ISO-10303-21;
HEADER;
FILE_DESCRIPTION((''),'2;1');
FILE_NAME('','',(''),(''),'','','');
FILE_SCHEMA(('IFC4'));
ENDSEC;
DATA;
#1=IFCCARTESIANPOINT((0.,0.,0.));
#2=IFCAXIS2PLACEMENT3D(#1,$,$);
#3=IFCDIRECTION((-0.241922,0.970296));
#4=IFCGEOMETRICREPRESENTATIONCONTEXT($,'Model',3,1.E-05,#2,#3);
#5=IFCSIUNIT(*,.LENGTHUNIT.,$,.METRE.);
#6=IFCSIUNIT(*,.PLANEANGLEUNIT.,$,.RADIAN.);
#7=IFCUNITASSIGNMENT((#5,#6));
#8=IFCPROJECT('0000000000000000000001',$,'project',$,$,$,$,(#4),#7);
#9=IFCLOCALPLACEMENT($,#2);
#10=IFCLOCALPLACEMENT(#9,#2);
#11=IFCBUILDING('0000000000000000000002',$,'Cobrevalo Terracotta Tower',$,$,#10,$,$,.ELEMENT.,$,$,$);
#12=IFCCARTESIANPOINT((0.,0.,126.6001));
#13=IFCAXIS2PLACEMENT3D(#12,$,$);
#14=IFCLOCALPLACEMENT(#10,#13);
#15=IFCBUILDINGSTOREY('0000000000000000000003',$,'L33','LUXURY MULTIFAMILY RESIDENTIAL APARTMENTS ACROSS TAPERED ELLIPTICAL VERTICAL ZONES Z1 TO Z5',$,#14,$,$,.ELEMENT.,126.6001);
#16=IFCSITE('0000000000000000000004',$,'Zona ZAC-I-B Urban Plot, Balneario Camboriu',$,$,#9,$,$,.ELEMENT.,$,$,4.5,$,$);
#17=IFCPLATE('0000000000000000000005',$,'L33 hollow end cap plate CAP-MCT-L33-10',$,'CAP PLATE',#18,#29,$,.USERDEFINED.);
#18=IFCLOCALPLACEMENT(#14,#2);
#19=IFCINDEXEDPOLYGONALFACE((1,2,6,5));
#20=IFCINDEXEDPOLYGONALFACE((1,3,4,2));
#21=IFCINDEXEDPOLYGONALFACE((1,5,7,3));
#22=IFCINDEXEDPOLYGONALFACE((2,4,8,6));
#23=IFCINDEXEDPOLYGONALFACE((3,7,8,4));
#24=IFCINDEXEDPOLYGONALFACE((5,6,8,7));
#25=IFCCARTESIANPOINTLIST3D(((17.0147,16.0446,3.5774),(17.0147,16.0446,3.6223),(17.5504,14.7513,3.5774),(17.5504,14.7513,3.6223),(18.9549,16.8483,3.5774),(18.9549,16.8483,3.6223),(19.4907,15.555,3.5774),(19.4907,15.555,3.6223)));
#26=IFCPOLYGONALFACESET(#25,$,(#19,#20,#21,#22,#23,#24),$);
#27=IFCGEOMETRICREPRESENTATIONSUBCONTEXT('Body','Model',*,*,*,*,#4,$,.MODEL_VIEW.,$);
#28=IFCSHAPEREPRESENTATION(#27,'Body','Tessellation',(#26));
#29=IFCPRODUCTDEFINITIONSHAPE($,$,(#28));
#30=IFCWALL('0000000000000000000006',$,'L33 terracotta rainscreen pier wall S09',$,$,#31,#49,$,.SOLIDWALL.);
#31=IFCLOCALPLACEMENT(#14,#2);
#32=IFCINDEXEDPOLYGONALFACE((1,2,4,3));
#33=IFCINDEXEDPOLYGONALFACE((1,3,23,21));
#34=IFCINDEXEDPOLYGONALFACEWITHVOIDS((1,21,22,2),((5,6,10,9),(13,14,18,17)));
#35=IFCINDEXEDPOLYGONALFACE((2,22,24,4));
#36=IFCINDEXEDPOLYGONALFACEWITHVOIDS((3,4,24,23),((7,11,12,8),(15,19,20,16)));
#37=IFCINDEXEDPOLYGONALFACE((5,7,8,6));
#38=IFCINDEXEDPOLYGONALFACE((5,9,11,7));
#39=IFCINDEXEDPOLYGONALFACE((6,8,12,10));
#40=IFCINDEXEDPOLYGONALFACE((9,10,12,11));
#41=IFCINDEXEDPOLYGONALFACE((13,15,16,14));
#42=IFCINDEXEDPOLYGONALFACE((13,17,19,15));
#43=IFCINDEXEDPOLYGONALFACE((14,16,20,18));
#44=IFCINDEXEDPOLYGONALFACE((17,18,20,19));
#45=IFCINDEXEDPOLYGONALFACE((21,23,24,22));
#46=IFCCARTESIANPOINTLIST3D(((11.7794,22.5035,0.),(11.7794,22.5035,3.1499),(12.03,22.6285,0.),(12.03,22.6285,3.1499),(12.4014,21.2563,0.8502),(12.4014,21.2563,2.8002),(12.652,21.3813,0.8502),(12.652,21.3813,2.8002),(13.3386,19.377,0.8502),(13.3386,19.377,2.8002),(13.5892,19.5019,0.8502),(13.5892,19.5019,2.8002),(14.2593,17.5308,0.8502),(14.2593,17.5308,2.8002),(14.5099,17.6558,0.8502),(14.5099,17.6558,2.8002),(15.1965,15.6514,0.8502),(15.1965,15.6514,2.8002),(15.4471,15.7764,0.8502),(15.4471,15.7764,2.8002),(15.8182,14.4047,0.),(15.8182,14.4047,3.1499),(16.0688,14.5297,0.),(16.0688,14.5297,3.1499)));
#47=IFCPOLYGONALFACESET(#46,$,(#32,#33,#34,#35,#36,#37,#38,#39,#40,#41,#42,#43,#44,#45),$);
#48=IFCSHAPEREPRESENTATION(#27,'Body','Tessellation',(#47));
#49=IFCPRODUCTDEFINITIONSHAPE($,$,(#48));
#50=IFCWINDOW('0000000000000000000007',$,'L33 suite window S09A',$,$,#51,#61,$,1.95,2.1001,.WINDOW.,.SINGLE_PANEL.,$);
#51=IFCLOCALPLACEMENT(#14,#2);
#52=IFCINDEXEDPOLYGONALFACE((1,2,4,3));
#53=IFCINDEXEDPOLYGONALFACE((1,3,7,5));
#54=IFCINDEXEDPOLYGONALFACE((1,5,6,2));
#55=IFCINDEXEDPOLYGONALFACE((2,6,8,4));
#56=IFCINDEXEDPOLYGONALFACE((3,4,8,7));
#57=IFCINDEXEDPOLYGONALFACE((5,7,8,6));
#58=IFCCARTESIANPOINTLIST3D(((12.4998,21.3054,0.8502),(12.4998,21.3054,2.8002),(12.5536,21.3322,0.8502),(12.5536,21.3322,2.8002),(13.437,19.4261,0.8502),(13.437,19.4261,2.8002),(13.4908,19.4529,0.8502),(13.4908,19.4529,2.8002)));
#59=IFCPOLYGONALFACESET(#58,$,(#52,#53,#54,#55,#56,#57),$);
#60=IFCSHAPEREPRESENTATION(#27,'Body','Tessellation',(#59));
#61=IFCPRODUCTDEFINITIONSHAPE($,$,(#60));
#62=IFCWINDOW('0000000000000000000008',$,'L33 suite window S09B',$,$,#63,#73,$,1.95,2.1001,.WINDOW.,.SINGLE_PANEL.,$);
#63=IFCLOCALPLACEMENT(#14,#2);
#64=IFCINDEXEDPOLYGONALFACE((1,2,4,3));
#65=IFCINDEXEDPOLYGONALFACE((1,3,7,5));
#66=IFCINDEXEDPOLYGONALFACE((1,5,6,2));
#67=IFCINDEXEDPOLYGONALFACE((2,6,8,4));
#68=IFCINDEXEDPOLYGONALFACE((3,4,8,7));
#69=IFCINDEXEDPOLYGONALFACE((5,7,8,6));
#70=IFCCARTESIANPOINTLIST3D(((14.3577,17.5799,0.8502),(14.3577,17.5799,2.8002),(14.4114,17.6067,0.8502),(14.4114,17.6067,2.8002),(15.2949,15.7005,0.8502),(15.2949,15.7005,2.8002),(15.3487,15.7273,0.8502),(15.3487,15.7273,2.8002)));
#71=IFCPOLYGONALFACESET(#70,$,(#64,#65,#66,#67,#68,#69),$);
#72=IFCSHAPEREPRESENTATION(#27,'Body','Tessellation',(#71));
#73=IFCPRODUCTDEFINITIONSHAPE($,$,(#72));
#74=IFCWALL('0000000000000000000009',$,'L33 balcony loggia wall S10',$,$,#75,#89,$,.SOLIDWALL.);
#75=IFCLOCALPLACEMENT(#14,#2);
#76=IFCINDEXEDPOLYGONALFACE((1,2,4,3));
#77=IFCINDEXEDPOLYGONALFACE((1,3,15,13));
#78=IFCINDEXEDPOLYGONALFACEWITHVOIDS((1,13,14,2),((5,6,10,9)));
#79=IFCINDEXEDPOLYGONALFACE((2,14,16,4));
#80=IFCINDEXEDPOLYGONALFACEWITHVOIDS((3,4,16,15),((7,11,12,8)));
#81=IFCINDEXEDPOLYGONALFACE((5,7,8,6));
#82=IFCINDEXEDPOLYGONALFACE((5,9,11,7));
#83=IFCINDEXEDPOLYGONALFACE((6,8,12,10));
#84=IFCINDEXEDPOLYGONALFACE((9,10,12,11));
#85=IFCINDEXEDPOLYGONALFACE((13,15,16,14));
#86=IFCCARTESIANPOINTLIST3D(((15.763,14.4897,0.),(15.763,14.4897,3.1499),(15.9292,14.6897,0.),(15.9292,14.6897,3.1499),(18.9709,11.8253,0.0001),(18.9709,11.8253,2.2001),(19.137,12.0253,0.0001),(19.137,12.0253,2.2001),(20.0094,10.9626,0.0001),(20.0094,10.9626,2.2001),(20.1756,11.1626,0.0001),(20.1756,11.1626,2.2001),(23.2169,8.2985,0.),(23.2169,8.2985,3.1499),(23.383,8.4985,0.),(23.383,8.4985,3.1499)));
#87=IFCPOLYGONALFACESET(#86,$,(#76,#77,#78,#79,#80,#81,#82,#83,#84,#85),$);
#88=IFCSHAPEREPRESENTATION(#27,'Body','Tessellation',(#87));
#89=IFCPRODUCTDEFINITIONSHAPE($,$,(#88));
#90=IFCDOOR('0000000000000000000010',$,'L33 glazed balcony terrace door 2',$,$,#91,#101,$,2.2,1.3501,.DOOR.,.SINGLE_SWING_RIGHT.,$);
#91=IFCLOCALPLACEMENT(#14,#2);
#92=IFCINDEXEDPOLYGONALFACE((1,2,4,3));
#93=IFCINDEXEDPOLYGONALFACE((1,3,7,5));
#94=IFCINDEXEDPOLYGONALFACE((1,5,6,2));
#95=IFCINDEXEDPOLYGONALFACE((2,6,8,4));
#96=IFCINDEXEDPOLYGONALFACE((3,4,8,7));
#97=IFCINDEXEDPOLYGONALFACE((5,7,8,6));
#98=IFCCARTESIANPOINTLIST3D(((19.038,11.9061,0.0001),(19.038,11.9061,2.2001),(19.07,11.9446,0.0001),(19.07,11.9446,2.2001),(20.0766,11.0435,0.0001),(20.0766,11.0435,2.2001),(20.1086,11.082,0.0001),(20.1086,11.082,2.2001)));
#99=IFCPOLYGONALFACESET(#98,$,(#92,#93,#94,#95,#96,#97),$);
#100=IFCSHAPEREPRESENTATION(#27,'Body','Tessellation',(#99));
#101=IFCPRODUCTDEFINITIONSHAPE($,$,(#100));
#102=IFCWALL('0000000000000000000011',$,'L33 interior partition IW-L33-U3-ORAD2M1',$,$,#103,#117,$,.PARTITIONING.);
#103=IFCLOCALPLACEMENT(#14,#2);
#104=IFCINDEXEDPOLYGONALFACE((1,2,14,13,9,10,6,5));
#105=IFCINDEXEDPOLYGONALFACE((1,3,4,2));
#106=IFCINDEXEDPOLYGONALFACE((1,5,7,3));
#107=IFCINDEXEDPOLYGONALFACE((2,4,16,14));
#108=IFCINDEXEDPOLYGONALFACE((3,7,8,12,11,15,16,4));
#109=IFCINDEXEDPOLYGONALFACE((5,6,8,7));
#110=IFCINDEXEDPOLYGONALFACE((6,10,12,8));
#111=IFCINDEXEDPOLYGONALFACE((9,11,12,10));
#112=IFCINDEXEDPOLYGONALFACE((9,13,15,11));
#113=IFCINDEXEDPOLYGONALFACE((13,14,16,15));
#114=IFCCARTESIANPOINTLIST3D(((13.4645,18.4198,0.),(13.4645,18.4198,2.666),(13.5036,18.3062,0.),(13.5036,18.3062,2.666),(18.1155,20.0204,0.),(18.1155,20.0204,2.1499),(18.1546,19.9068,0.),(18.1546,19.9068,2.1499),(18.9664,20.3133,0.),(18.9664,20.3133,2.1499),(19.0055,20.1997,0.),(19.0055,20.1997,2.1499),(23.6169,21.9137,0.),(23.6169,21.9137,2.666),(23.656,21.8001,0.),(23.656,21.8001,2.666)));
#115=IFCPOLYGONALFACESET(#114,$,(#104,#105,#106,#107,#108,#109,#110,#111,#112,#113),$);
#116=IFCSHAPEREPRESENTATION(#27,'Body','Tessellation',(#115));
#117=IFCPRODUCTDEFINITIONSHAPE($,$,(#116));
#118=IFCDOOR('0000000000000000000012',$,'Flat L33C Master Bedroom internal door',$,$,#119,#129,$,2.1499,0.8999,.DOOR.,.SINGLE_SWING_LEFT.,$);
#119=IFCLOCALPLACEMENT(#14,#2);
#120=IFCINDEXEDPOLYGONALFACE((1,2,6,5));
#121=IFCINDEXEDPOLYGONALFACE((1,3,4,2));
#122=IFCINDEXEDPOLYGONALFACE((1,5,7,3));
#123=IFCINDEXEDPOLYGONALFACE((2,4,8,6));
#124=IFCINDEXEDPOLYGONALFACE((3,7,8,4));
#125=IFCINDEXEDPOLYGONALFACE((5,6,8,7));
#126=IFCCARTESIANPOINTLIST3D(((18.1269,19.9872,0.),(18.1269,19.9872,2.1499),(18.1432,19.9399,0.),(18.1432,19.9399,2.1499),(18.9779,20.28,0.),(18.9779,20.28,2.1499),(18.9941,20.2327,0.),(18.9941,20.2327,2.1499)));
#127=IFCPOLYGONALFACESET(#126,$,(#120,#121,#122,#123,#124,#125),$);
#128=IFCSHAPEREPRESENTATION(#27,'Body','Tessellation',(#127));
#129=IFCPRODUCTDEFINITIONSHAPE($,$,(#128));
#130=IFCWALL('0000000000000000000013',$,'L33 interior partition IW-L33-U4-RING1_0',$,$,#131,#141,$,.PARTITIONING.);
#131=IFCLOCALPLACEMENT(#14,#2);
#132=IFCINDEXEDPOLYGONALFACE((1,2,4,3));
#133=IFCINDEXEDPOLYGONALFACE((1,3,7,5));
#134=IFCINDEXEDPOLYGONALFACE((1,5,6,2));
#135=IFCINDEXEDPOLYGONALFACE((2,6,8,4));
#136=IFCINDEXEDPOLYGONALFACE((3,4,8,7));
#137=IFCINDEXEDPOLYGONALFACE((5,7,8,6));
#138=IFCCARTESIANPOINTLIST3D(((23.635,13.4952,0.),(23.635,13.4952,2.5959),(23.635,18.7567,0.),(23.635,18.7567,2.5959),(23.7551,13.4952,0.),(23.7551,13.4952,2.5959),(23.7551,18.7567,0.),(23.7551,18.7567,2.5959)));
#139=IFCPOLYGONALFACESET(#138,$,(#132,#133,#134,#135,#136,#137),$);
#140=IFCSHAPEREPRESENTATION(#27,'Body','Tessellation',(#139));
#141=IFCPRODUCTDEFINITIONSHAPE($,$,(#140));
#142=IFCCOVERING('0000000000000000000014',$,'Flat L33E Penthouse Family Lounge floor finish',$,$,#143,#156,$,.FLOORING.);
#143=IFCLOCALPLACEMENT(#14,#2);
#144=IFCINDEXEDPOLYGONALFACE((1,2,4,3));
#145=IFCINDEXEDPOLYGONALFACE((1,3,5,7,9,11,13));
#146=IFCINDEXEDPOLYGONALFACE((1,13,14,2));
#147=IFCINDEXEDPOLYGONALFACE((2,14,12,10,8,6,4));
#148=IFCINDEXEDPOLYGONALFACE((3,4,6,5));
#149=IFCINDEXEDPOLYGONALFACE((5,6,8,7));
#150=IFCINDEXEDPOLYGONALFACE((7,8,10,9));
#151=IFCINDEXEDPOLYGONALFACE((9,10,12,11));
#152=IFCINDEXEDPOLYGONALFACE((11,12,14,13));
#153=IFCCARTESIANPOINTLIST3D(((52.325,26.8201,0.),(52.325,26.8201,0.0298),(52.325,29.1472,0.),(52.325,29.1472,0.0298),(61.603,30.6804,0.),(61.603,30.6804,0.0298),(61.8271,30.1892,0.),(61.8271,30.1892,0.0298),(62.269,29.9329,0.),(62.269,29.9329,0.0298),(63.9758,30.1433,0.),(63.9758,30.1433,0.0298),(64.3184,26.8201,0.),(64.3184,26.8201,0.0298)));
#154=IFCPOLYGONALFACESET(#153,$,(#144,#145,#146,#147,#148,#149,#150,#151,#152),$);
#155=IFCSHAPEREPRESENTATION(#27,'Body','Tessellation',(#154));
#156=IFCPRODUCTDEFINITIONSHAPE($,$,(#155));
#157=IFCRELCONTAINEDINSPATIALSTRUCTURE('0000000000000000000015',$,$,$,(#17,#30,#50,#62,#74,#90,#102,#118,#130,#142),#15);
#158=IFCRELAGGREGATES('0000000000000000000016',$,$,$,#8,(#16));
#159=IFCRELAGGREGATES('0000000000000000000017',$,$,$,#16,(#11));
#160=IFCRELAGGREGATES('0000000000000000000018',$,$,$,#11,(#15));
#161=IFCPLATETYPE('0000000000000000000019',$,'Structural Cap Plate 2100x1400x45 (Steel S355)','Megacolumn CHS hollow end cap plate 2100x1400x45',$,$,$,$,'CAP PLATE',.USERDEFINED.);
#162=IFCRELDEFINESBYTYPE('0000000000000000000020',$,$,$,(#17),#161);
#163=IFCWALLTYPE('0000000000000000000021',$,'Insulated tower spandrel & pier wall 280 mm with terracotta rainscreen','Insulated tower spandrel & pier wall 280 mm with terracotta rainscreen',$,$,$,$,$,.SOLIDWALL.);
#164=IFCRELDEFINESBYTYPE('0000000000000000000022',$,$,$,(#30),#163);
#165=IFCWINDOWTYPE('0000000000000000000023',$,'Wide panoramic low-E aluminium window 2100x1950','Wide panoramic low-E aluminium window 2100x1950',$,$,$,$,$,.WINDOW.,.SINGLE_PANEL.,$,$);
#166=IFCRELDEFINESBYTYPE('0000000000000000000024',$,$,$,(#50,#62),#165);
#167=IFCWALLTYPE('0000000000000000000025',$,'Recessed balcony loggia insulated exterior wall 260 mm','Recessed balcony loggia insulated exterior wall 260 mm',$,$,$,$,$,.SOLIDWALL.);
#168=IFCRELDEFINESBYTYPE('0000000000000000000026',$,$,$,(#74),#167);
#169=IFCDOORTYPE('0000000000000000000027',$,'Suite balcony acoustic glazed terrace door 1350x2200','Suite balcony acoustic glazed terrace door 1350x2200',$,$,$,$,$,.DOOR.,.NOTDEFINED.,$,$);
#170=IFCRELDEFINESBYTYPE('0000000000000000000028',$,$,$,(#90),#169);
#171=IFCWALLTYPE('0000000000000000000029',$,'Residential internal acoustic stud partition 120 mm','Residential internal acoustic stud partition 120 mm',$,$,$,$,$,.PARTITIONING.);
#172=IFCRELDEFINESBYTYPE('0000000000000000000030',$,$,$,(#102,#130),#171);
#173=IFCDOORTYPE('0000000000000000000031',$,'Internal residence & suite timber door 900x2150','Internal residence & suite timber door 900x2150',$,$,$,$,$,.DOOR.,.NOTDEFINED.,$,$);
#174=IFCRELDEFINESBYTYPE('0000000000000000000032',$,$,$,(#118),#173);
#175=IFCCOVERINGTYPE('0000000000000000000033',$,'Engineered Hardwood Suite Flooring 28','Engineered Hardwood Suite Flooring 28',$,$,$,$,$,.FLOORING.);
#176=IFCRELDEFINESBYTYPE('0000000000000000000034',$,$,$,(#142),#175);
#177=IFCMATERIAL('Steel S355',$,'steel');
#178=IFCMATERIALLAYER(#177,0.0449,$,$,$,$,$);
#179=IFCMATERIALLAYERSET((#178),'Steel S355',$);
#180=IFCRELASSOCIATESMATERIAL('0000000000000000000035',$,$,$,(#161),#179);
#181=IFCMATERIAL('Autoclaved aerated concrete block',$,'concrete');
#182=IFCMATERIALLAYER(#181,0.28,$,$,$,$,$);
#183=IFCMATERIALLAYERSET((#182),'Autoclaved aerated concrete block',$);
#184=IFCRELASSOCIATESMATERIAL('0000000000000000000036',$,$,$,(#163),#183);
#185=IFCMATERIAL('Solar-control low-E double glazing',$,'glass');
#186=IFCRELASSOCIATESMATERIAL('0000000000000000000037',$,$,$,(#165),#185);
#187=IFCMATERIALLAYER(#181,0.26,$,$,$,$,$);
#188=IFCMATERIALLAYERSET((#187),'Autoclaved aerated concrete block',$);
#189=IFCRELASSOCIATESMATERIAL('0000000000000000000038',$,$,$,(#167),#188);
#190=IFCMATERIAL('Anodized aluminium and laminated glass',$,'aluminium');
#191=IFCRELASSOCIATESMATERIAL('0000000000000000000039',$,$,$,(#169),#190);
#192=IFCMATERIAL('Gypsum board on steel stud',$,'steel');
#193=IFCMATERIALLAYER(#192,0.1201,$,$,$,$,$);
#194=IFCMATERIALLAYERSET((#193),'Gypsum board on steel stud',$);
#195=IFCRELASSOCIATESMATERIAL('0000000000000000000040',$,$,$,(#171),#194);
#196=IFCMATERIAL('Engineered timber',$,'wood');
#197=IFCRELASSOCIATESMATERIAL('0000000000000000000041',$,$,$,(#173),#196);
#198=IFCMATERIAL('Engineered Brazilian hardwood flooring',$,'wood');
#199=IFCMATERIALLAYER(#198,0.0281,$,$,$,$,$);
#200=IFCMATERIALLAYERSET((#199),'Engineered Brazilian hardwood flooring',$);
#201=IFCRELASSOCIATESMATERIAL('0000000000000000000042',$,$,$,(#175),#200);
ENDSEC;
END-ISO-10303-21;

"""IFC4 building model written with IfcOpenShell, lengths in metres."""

from ifc_helpers import new_model, si_unit, direction, frame, frame_2d, origin, origin_2d, place, context, subcontext, project, spatial, polyline, rectangle, outline, extrude, source, transform, mapped, material, layer, layer_set, type_object, element, fill, save


model = new_model("IFC4")

# Units and contexts
model_context = context("Model", 3, precision=1e-05, world=origin(), true_north=direction((-0.241922, 0.970296)))
body_context = subcontext(model_context, "Body", "Model", "MODEL_VIEW")
ifc_project = project(units=[si_unit("LENGTHUNIT", "METRE"), si_unit("PLANEANGLEUNIT", "RADIAN")], contexts=[model_context])

# Site, building, storey
site_placement = place(None, origin())
site = spatial("IfcSite", under=ifc_project, at=site_placement, Name="Zona ZAC-I-B Urban Plot, Balneario Camboriu", CompositionType="ELEMENT", RefElevation=4.5)
building_placement = place(site_placement, origin())
building = spatial("IfcBuilding", under=site, at=building_placement, Name="Cobrevalo Terracotta Tower", CompositionType="ELEMENT")
storey_placement = place(building_placement, frame((0.0, 0.0, 126.6001)))
storey = spatial("IfcBuildingStorey", under=building, at=storey_placement, Name="L33", Description="LUXURY MULTIFAMILY RESIDENTIAL APARTMENTS ACROSS TAPERED ELLIPTICAL VERTICAL ZONES Z1 TO Z5", CompositionType="ELEMENT", Elevation=126.6001)

# Shared definitions
ifc_material_1 = material(Name="Steel S355", Category="steel")

# Plate
ifc_layer_1 = layer(ifc_material_1, 0.0449)
ifc_layer_set_1 = layer_set([ifc_layer_1], Name="Steel S355")
plate_type = type_object("IfcPlateType", Name="Structural Cap Plate 2100x1400x45 (Steel S355)", Description="Megacolumn CHS hollow end cap plate 2100x1400x45", ElementType="CAP PLATE", PredefinedType="USERDEFINED", material=ifc_layer_set_1)
shared_shape_1 = source(origin(), body_context, "Body", "SweptSolid", [
    extrude(rectangle(XDim=2.1001, YDim=1.3999, at=origin_2d()), origin(), (0.0, 0.0, 1.0), 0.0449),
])
plate_placement = place(storey_placement, frame((18.2527, 15.7998, 3.5774), z_axis=(0.0, 0.0, 1.0), x_axis=(-0.92388, -0.382683, 0.0)))
element("IfcPlate", 1, at=plate_placement, inside=storey, type_object=plate_type, Name="L33 hollow end cap plate CAP-MCT-L33-10", ObjectType="CAP PLATE", PredefinedType="USERDEFINED", context=body_context, shape_type="MappedRepresentation", body=[
    mapped(shared_shape_1, transform((0.0, 0.0, 0.0), scale=1.0)),
])

# Wall, openings, windows
ifc_material_2 = material(Name="Autoclaved aerated concrete block", Category="concrete")
ifc_layer_2 = layer(ifc_material_2, 0.28)
ifc_layer_set_2 = layer_set([ifc_layer_2], Name="Autoclaved aerated concrete block")
wall_type_1 = type_object("IfcWallType", Name="Insulated tower spandrel & pier wall 280 mm with terracotta rainscreen", Description="Insulated tower spandrel & pier wall 280 mm with terracotta rainscreen", PredefinedType="SOLIDWALL", material=ifc_layer_set_2)
wall_1_placement = place(storey_placement, frame((11.9048, 22.5659, 0.0), z_axis=(0.0, 0.0, 1.0), x_axis=(0.446275, -0.894896, 0.0)))
wall_1 = element("IfcWall", 2, at=wall_1_placement, inside=storey, type_object=wall_type_1, Name="L33 terracotta rainscreen pier wall S09", PredefinedType="SOLIDWALL", context=body_context, shape_type="SweptSolid", body=[
    extrude(rectangle(XDim=9.05, YDim=0.28, at=frame_2d((4.5249, 0.0))), origin(), (0.0, 0.0, 1.0), 3.1499),
])
opening_1_placement = place(wall_1_placement, frame((1.3936, 0.0, 0.8501)))
opening_1 = element("IfcOpeningElement", 3, at=opening_1_placement, cuts=wall_1, PredefinedType="OPENING", context=body_context, shape_type="SweptSolid", body=[
    extrude(rectangle(XDim=2.1001, YDim=1.95, at=frame_2d((1.05, 0.9751))), frame((0.0, 0.1499, 0.0), z_axis=(0.0, -1.0, 0.0), x_axis=(1.0, 0.0, 0.0)), (0.0, 0.0, 1.0), 0.3),
])
opening_2_placement = place(wall_1_placement, frame((5.5566, 0.0, 0.8501)))
opening_2 = element("IfcOpeningElement", 4, at=opening_2_placement, cuts=wall_1, PredefinedType="OPENING", context=body_context, shape_type="SweptSolid", body=[
    extrude(rectangle(XDim=2.1001, YDim=1.95, at=frame_2d((1.05, 0.9751))), frame((0.0, 0.1499, 0.0), z_axis=(0.0, -1.0, 0.0), x_axis=(1.0, 0.0, 0.0)), (0.0, 0.0, 1.0), 0.3),
])
ifc_material_3 = material(Name="Solar-control low-E double glazing", Category="glass")
window_type = type_object("IfcWindowType", Name="Wide panoramic low-E aluminium window 2100x1950", Description="Wide panoramic low-E aluminium window 2100x1950", PartitioningType="SINGLE_PANEL", PredefinedType="WINDOW", material=ifc_material_3)
shared_shape_2 = source(origin(), body_context, "Body", "SweptSolid", [
    extrude(rectangle(XDim=2.1001, YDim=1.95, at=frame_2d((1.05, 0.9751))), frame((0.0, 0.03, 0.0), z_axis=(0.0, -1.0, 0.0), x_axis=(1.0, 0.0, 0.0)), (0.0, 0.0, 1.0), 0.0601),
])
window_1_placement = place(opening_1_placement, origin())
window_1 = element("IfcWindow", 5, at=window_1_placement, inside=storey, type_object=window_type, Name="L33 suite window S09A", OverallHeight=1.95, OverallWidth=2.1001, PartitioningType="SINGLE_PANEL", PredefinedType="WINDOW", context=body_context, shape_type="MappedRepresentation", body=[
    mapped(shared_shape_2, transform((0.0, 0.0, 0.0), scale=1.0)),
])
fill(opening_1, window_1)
window_2_placement = place(opening_2_placement, origin())
window_2 = element("IfcWindow", 6, at=window_2_placement, inside=storey, type_object=window_type, Name="L33 suite window S09B", OverallHeight=1.95, OverallWidth=2.1001, PartitioningType="SINGLE_PANEL", PredefinedType="WINDOW", context=body_context, shape_type="MappedRepresentation", body=[
    mapped(shared_shape_2, transform((0.0, 0.0, 0.0), scale=1.0)),
])
fill(opening_2, window_2)

# Walls, openings, doors
ifc_layer_3 = layer(ifc_material_2, 0.26)
ifc_layer_set_3 = layer_set([ifc_layer_3], Name="Autoclaved aerated concrete block")
wall_type_2 = type_object("IfcWallType", Name="Recessed balcony loggia insulated exterior wall 260 mm", Description="Recessed balcony loggia insulated exterior wall 260 mm", PredefinedType="SOLIDWALL", material=ifc_layer_set_3)
wall_2_placement = place(storey_placement, frame((15.8462, 14.5896, 0.0), z_axis=(0.0, 0.0, 1.0), x_axis=(0.769255, -0.638942, 0.0)))
wall_2 = element("IfcWall", 7, at=wall_2_placement, inside=storey, type_object=wall_type_2, Name="L33 balcony loggia wall S10", PredefinedType="SOLIDWALL", context=body_context, shape_type="SweptSolid", body=[
    extrude(rectangle(XDim=9.6897, YDim=0.26, at=frame_2d((4.8447, 0.0))), origin(), (0.0, 0.0, 1.0), 3.1499),
])
opening_3_placement = place(wall_2_placement, frame((4.1699, 0.0, 0.0)))
opening_3 = element("IfcOpeningElement", 8, at=opening_3_placement, cuts=wall_2, PredefinedType="OPENING", context=body_context, shape_type="SweptSolid", body=[
    extrude(rectangle(XDim=1.3501, YDim=2.2, at=frame_2d((0.675, 1.1001))), frame((0.0, 0.1401, 0.0), z_axis=(0.0, -1.0, 0.0), x_axis=(1.0, 0.0, 0.0)), (0.0, 0.0, 1.0), 0.28),
])
ifc_material_4 = material(Name="Anodized aluminium and laminated glass", Category="aluminium")
door_type_1 = type_object("IfcDoorType", Name="Suite balcony acoustic glazed terrace door 1350x2200", Description="Suite balcony acoustic glazed terrace door 1350x2200", OperationType="NOTDEFINED", PredefinedType="DOOR", material=ifc_material_4)
shared_shape_3 = source(origin(), body_context, "Body", "SweptSolid", [
    extrude(rectangle(XDim=1.3501, YDim=2.2, at=frame_2d((0.675, 1.1001))), frame((0.0, 0.0249, 0.0), z_axis=(0.0, -1.0, 0.0), x_axis=(1.0, 0.0, 0.0)), (0.0, 0.0, 1.0), 0.05),
])
door_1_placement = place(opening_3_placement, frame((1.3501, 0.0, 0.0), z_axis=(0.0, 0.0, 1.0), x_axis=(-1.0, 0.0, 0.0)))
door_1 = element("IfcDoor", 9, at=door_1_placement, inside=storey, type_object=door_type_1, Name="L33 glazed balcony terrace door 2", OperationType="SINGLE_SWING_RIGHT", OverallHeight=2.2, OverallWidth=1.3501, PredefinedType="DOOR", context=body_context, shape_type="MappedRepresentation", body=[
    mapped(shared_shape_3, transform((0.0, 0.0, 0.0), scale=1.0)),
])
fill(opening_3, door_1)
ifc_material_5 = material(Name="Gypsum board on steel stud", Category="steel")
ifc_layer_4 = layer(ifc_material_5, 0.1201)
ifc_layer_set_4 = layer_set([ifc_layer_4], Name="Gypsum board on steel stud")
wall_type_3 = type_object("IfcWallType", Name="Residential internal acoustic stud partition 120 mm", Description="Residential internal acoustic stud partition 120 mm", PredefinedType="PARTITIONING", material=ifc_layer_set_4)
wall_3_placement = place(storey_placement, frame((23.6365, 21.8569, 0.0), z_axis=(0.0, 0.0, 1.0), x_axis=(-0.945571, -0.325415, 0.0)))
wall_3 = element("IfcWall", 10, at=wall_3_placement, inside=storey, type_object=wall_type_3, Name="L33 interior partition IW-L33-U3-ORAD2M1", PredefinedType="PARTITIONING", context=body_context, shape_type="SweptSolid", body=[
    extrude(rectangle(XDim=10.7368, YDim=0.1201, at=frame_2d((5.3684, 0.0))), origin(), (0.0, 0.0, 1.0), 2.666),
])
opening_4_placement = place(wall_3_placement, frame((4.9182, 0.0, 0.0)))
opening_4 = element("IfcOpeningElement", 11, at=opening_4_placement, cuts=wall_3, PredefinedType="OPENING", context=body_context, shape_type="SweptSolid", body=[
    extrude(rectangle(XDim=0.8999, YDim=2.1499, at=frame_2d((0.45, 1.075))), frame((0.0, 0.0701, 0.0), z_axis=(0.0, -1.0, 0.0), x_axis=(1.0, 0.0, 0.0)), (0.0, 0.0, 1.0), 0.1401),
])
ifc_material_6 = material(Name="Engineered timber", Category="wood")
door_type_2 = type_object("IfcDoorType", Name="Internal residence & suite timber door 900x2150", Description="Internal residence & suite timber door 900x2150", OperationType="NOTDEFINED", PredefinedType="DOOR", material=ifc_material_6)
shared_shape_4 = source(origin(), body_context, "Body", "SweptSolid", [
    extrude(rectangle(XDim=0.8999, YDim=2.1499, at=frame_2d((0.45, 1.075))), frame((0.0, 0.0249, 0.0), z_axis=(0.0, -1.0, 0.0), x_axis=(1.0, 0.0, 0.0)), (0.0, 0.0, 1.0), 0.05),
])
door_2_placement = place(opening_4_placement, frame((0.8999, 0.0, 0.0), z_axis=(0.0, 0.0, 1.0), x_axis=(-1.0, 0.0, 0.0)))
door_2 = element("IfcDoor", 12, at=door_2_placement, inside=storey, type_object=door_type_2, Name="Flat L33C Master Bedroom internal door", OperationType="SINGLE_SWING_LEFT", OverallHeight=2.1499, OverallWidth=0.8999, PredefinedType="DOOR", context=body_context, shape_type="MappedRepresentation", body=[
    mapped(shared_shape_4, transform((0.0, 0.0, 0.0), scale=1.0)),
])
fill(opening_4, door_2)

# Wall
wall_4_placement = place(storey_placement, frame((23.6951, 13.4951, 0.0), z_axis=(0.0, 0.0, 1.0), x_axis=(0.0, 1.0, 0.0)))
element("IfcWall", 13, at=wall_4_placement, inside=storey, type_object=wall_type_3, Name="L33 interior partition IW-L33-U4-RING1_0", PredefinedType="PARTITIONING", context=body_context, shape_type="SweptSolid", body=[
    extrude(rectangle(XDim=5.2615, YDim=0.1201, at=frame_2d((2.6309, 0.0))), origin(), (0.0, 0.0, 1.0), 2.5959),
])

# Covering
ifc_material_7 = material(Name="Engineered Brazilian hardwood flooring", Category="wood")
ifc_layer_5 = layer(ifc_material_7, 0.0281)
ifc_layer_set_5 = layer_set([ifc_layer_5], Name="Engineered Brazilian hardwood flooring")
covering_type_1 = type_object("IfcCoveringType", Name="Engineered Hardwood Suite Flooring 28", Description="Engineered Hardwood Suite Flooring 28", PredefinedType="FLOORING", material=ifc_layer_set_5)
covering_1_placement = place(storey_placement, origin())
element("IfcCovering", 14, at=covering_1_placement, inside=storey, type_object=covering_type_1, Name="Flat L33E Penthouse Family Lounge floor finish", PredefinedType="FLOORING", context=body_context, shape_type="SweptSolid", body=[
    extrude(outline(polyline([(61.603, 30.6804), (61.8271, 30.1892), (62.269, 29.9329), (63.9758, 30.1433), (64.3184, 26.8201), (52.325, 26.8201), (52.325, 29.1472), (61.603, 30.6804)])), origin(), (0.0, 0.0, 1.0), 0.0298),
])

save(model, "model.ifc")
